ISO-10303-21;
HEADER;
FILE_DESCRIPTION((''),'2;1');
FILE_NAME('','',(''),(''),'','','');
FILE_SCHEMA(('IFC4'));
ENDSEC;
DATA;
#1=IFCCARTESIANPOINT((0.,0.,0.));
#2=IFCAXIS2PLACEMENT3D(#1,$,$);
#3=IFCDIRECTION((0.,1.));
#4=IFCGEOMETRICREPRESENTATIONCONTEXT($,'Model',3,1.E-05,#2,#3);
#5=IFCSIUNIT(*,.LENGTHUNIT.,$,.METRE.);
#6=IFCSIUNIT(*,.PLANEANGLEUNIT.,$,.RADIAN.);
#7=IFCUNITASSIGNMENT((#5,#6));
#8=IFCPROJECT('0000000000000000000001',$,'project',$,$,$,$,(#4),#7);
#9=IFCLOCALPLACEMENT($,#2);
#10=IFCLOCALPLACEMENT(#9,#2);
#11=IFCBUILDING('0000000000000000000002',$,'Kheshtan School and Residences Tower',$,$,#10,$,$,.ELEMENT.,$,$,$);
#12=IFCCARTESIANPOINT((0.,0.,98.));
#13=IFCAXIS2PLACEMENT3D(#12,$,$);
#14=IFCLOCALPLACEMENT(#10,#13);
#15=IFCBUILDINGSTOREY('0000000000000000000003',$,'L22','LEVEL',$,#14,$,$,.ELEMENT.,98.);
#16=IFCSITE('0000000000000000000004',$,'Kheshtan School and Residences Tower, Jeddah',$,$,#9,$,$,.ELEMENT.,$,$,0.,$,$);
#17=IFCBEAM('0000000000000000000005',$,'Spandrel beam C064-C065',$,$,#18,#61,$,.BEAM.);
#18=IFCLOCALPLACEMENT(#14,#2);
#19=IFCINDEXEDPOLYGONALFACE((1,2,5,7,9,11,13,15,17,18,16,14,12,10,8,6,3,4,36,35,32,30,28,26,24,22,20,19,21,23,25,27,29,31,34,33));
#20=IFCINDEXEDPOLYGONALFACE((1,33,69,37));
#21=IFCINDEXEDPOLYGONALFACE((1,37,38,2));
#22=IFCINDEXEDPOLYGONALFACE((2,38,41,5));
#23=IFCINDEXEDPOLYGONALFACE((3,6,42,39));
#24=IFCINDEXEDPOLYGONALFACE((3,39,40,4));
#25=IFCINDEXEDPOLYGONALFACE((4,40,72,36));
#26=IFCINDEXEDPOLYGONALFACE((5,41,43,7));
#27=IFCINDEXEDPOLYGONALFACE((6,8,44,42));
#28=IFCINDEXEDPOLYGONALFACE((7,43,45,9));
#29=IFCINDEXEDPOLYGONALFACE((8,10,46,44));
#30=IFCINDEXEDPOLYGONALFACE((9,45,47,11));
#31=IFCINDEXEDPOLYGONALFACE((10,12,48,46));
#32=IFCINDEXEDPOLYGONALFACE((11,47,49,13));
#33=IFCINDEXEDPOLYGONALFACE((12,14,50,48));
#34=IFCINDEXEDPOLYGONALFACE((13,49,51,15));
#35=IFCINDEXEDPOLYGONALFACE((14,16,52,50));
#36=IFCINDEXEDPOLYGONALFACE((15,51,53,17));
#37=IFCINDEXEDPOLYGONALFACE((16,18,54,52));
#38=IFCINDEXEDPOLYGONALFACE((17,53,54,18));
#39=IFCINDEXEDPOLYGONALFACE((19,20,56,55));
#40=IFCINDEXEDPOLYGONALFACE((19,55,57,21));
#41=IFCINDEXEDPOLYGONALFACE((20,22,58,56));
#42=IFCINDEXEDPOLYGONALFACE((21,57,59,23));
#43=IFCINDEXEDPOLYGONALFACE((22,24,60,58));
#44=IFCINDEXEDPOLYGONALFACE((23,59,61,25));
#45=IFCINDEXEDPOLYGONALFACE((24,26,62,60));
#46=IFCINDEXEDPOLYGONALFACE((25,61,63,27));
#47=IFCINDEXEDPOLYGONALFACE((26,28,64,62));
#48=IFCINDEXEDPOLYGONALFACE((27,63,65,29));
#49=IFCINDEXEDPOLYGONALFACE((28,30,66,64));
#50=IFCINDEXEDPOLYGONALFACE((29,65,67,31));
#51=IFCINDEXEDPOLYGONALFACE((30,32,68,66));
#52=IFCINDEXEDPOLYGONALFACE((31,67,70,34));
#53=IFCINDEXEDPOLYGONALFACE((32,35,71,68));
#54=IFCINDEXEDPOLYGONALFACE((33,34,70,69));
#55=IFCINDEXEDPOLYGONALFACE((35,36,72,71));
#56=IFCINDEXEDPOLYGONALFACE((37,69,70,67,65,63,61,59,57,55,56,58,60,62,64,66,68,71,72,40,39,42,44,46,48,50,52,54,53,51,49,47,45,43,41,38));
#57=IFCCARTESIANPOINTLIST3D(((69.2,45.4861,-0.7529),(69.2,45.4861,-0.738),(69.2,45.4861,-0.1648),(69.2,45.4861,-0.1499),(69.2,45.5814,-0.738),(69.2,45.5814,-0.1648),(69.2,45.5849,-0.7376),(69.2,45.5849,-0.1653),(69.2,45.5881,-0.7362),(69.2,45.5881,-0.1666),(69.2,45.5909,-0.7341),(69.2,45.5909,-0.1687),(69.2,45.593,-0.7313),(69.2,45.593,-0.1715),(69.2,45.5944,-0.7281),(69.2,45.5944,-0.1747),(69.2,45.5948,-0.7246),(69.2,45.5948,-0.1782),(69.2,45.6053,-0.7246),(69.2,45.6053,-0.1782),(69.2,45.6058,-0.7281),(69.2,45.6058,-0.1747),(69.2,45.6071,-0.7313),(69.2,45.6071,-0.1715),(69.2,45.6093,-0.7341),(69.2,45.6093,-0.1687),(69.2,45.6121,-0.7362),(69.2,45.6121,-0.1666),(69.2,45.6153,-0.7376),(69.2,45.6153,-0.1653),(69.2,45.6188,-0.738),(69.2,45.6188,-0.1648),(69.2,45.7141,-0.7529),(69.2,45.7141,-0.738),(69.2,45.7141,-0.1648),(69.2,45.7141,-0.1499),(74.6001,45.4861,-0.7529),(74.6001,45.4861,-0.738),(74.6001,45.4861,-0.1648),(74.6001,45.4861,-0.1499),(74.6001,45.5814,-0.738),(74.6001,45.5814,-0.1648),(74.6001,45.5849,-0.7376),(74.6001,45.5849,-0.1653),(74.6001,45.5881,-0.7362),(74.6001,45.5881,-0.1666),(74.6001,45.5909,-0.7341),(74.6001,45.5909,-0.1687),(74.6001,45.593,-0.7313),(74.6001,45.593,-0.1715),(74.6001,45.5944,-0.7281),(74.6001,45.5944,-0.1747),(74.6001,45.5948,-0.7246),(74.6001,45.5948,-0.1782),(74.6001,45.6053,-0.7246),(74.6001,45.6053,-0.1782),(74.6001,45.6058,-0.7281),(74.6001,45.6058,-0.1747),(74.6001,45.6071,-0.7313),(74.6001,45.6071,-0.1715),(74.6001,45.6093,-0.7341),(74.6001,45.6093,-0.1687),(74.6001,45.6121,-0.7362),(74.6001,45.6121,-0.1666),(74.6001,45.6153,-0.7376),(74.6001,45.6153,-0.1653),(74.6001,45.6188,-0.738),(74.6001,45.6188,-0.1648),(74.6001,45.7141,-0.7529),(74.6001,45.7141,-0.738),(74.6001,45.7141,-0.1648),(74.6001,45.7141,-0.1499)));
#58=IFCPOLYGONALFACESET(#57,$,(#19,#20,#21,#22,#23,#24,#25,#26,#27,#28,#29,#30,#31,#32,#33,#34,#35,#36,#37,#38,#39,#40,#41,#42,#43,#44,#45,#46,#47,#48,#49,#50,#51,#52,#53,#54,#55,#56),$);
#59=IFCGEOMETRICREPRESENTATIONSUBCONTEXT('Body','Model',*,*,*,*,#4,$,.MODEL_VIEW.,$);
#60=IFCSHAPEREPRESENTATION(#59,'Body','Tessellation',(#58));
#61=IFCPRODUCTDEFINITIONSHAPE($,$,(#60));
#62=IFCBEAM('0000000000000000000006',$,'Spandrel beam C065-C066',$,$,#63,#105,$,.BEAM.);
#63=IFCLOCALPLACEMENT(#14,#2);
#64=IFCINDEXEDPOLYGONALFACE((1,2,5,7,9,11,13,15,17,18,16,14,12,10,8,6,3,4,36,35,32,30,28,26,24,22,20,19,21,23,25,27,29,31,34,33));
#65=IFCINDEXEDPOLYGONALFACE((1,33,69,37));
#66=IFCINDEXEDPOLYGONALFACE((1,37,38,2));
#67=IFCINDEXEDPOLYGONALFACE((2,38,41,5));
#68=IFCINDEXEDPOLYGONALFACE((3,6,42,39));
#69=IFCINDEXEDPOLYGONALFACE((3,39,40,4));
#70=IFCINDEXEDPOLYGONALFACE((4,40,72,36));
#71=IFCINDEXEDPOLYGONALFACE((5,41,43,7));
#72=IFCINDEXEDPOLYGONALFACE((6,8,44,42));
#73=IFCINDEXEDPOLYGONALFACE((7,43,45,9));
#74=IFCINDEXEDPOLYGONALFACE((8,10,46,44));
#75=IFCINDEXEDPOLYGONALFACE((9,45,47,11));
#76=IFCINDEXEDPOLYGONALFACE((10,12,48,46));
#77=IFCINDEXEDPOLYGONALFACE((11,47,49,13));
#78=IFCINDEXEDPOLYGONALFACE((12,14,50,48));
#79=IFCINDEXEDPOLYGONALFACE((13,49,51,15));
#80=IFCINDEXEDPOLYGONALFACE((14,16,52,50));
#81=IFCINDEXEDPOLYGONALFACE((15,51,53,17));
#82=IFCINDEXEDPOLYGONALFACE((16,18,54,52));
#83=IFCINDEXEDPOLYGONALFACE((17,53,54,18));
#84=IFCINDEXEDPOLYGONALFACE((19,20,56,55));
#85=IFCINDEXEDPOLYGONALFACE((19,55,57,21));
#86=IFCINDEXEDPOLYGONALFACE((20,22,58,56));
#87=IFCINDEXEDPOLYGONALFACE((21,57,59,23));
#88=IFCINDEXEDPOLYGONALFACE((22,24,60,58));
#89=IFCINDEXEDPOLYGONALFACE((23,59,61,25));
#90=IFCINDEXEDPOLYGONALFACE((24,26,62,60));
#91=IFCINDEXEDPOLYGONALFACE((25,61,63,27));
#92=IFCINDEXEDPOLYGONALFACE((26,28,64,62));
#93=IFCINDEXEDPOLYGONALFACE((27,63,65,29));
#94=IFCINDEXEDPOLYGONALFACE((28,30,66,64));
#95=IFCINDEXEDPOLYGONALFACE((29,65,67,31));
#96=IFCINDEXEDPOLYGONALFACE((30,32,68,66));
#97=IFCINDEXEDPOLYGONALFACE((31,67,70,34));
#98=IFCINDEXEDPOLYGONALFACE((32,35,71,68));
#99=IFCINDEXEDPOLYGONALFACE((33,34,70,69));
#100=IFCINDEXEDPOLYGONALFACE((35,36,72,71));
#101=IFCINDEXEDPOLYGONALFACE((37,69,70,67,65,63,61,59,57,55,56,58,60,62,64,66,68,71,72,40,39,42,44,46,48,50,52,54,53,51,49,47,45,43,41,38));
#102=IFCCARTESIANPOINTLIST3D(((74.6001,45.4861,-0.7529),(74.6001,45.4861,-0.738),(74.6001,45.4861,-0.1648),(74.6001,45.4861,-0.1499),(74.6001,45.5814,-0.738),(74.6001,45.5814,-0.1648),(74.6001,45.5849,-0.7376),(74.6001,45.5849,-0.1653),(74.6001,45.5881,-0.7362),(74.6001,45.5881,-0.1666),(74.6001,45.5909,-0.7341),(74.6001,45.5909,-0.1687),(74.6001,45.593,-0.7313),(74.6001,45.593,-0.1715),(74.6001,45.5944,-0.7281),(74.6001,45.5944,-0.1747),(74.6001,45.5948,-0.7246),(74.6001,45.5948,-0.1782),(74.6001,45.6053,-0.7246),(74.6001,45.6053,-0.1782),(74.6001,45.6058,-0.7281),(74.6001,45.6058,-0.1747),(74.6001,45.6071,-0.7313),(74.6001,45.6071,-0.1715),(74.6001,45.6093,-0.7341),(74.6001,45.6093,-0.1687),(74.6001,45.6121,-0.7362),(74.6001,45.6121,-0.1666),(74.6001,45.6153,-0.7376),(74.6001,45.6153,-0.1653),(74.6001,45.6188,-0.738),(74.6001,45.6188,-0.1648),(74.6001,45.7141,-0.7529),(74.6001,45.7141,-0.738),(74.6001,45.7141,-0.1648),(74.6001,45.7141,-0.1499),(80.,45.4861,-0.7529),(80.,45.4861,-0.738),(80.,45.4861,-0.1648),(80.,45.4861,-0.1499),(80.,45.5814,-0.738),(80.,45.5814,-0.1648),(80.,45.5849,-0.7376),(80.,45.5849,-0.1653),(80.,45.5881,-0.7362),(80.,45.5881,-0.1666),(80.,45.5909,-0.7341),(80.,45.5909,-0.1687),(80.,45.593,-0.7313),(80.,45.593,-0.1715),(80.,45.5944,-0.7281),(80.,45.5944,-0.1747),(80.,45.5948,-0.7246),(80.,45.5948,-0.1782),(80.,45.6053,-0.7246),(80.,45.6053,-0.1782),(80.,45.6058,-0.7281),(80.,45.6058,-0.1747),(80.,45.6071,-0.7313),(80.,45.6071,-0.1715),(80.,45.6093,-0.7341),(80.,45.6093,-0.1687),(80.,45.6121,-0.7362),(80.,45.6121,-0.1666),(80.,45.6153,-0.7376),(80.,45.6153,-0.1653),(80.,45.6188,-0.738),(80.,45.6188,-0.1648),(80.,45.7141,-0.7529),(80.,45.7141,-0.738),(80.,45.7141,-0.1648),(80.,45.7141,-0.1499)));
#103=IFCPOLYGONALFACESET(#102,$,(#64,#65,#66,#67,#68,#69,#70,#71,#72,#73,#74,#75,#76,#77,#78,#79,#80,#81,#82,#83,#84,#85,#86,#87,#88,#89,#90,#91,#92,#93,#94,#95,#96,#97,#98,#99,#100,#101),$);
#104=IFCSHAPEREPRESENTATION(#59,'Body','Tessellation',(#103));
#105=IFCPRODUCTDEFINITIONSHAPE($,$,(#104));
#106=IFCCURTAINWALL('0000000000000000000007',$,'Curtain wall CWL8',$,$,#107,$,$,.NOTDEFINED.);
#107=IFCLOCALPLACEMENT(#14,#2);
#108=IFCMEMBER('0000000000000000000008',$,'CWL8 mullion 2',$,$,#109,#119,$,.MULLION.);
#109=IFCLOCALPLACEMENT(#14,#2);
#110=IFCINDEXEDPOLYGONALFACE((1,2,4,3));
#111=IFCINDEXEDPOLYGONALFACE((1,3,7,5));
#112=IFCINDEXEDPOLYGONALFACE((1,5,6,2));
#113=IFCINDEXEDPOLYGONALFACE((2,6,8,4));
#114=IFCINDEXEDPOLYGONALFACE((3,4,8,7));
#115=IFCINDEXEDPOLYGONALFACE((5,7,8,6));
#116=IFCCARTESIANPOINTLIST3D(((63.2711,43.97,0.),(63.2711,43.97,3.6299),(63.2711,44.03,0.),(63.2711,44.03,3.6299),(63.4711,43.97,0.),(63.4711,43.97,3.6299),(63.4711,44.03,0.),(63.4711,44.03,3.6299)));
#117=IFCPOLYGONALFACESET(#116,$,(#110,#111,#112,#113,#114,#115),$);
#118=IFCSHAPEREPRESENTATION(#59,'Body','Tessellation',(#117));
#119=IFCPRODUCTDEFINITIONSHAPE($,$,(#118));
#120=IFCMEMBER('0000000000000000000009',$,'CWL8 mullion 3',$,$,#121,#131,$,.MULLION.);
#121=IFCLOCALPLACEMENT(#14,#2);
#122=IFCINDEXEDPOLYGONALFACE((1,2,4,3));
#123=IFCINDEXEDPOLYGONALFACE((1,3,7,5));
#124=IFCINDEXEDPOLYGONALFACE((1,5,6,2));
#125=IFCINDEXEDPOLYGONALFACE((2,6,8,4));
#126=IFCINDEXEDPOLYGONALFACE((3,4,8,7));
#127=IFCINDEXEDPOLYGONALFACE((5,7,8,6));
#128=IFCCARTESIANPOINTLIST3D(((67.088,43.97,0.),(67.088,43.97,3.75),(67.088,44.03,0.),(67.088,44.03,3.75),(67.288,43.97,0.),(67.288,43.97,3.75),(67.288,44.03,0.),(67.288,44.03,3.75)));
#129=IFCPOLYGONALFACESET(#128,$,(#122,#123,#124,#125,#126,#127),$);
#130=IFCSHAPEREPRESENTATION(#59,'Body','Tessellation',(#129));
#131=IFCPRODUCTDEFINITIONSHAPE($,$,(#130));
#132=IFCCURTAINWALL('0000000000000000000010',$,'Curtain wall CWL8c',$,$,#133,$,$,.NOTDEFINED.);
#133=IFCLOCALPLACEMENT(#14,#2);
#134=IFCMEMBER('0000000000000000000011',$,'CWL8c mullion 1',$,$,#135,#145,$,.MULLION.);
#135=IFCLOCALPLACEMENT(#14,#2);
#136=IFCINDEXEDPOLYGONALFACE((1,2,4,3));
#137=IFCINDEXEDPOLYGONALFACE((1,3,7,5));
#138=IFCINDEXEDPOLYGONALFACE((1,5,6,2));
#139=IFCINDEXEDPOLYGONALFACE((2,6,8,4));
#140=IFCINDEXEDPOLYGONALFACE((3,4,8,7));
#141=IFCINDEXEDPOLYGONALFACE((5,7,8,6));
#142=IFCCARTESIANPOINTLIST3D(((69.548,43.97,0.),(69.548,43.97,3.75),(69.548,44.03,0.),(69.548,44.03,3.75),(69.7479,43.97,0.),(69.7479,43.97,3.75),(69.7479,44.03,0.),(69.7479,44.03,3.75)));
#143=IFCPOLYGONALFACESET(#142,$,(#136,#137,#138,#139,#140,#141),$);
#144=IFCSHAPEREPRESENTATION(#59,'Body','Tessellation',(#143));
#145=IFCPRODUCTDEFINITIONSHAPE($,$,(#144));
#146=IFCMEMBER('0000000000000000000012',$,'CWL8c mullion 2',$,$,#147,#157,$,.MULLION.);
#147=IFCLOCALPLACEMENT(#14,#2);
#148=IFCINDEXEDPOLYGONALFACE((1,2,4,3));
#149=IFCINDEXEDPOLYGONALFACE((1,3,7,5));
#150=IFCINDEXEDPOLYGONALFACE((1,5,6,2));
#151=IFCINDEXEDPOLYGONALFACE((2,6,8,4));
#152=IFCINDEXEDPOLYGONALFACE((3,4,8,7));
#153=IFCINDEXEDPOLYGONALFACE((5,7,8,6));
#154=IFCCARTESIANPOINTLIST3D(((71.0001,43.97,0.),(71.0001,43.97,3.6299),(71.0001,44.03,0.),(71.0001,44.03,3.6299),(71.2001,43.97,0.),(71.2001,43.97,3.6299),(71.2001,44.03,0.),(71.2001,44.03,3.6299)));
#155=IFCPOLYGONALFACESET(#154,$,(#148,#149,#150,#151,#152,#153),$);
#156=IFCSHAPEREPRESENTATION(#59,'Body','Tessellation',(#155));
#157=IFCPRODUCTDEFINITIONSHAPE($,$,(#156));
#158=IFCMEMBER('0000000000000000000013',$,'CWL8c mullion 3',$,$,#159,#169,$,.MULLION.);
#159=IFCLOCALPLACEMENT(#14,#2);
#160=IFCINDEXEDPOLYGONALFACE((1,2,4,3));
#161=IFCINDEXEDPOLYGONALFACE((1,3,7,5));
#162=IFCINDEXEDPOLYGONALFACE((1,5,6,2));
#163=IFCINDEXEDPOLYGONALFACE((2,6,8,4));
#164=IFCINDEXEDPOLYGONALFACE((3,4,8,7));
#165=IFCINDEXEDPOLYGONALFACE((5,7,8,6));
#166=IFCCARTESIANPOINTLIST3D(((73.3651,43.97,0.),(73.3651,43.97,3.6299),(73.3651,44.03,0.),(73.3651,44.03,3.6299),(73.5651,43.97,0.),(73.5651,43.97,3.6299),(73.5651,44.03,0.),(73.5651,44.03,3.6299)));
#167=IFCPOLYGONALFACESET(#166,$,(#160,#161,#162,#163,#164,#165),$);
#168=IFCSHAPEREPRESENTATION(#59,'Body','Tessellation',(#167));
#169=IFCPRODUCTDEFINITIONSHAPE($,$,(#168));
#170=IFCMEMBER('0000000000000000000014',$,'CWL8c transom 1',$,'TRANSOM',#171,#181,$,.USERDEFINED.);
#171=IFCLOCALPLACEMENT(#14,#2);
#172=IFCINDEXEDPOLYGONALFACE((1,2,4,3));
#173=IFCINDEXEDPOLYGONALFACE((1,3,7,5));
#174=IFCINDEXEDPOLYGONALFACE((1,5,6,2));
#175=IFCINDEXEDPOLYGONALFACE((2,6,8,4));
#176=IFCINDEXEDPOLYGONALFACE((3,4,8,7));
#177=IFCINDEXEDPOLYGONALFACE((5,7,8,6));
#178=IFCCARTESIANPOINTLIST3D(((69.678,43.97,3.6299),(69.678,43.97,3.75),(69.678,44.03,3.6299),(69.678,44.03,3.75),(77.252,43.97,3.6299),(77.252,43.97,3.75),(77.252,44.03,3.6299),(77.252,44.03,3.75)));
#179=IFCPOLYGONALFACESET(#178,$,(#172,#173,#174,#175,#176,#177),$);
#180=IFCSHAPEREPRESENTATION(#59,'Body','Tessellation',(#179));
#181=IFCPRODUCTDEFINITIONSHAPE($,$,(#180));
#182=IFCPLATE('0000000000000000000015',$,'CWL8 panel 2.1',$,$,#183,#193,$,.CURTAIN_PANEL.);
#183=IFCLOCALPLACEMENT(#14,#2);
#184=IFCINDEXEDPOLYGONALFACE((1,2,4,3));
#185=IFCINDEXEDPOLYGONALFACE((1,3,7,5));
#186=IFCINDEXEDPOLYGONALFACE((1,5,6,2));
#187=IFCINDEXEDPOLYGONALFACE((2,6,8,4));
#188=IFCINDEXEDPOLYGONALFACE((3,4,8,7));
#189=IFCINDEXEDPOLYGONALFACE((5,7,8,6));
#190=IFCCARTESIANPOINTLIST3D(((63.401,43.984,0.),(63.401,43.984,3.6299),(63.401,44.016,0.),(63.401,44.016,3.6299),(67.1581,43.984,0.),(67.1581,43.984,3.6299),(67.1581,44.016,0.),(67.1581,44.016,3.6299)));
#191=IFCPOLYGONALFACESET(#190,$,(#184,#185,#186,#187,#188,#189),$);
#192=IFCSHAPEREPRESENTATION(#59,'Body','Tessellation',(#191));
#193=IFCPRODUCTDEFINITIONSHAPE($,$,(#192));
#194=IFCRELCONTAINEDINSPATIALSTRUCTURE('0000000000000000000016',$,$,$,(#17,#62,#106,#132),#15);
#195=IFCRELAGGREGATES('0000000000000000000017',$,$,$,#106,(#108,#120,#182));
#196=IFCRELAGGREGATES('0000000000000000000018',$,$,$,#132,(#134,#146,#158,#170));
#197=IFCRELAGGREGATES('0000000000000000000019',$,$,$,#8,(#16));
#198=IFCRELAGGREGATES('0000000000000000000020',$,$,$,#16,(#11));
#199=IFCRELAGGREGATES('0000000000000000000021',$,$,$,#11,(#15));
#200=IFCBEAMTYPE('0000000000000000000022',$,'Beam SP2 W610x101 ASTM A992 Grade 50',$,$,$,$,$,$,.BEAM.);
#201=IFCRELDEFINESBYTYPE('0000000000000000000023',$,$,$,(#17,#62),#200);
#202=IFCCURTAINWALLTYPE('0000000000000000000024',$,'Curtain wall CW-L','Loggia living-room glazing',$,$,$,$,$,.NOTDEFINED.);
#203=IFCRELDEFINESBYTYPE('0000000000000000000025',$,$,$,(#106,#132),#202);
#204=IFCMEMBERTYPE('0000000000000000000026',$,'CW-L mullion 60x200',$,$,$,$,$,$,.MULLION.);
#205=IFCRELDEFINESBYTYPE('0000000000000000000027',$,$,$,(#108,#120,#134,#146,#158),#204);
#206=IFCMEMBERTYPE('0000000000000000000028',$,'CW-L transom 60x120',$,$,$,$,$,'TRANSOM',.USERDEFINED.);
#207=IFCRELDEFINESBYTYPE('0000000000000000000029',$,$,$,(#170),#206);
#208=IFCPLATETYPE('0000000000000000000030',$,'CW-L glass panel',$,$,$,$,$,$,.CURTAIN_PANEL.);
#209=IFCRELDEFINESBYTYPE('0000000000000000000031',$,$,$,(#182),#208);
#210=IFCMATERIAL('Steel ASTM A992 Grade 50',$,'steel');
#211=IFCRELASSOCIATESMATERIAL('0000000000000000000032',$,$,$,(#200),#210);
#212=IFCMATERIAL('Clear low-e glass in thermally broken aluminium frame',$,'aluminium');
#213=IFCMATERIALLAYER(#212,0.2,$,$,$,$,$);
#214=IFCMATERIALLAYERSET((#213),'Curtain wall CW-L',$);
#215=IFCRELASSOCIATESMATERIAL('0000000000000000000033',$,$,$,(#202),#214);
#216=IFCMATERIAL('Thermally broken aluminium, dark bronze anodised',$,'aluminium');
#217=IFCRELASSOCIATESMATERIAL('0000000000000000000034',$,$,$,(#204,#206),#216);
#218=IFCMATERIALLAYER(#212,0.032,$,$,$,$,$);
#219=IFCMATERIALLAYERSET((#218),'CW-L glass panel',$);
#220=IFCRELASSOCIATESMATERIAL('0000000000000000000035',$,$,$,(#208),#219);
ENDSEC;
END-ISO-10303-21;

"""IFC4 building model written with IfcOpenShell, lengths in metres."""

from ifc_helpers import new_model, si_unit, direction, frame, origin, origin_2d, place, context, subcontext, project, spatial, rectangle, i_section, extrude, material, layer, layer_set, material_profile, profile_set, type_object, element, aggregate, save


model = new_model("IFC4")

# Units and contexts
model_context = context("Model", 3, precision=1e-05, world=origin(), true_north=direction((0.0, 1.0)))
body_context = subcontext(model_context, "Body", "Model", "MODEL_VIEW")
ifc_project = project(units=[si_unit("LENGTHUNIT", "METRE"), si_unit("PLANEANGLEUNIT", "RADIAN")], contexts=[model_context])

# Site, building, storey
site_placement = place(None, origin())
site = spatial("IfcSite", under=ifc_project, at=site_placement, Name="Kheshtan School and Residences Tower, Jeddah", CompositionType="ELEMENT", RefElevation=0.0)
building_placement = place(site_placement, origin())
building = spatial("IfcBuilding", under=site, at=building_placement, Name="Kheshtan School and Residences Tower", CompositionType="ELEMENT")
storey_placement = place(building_placement, frame((0.0, 0.0, 98.0)))
storey = spatial("IfcBuildingStorey", under=building, at=storey_placement, Name="L22", Description="LEVEL", CompositionType="ELEMENT", Elevation=98.0)

# Shared definitions
ifc_material_1 = material(Name="Steel ASTM A992 Grade 50", Category="steel")

# Beams
ifc_material_profile_1 = material_profile(ifc_material_1, i_section(OverallWidth=0.228, OverallDepth=0.603, WebThickness=0.0105, FlangeThickness=0.0149, FilletRadius=0.0134, at=origin_2d()), Name="W610x101")
ifc_profile_set_1 = profile_set([ifc_material_profile_1], Name="Steel ASTM A992 Grade 50")
beam_type_1 = type_object("IfcBeamType", Name="Beam SP2 W610x101 ASTM A992 Grade 50", PredefinedType="BEAM", material=ifc_profile_set_1)
beam_1_placement = place(storey_placement, frame((69.2, 45.6001, -0.4514), z_axis=(1.0, 0.0, 0.0), x_axis=(0.0, 1.0, 0.0)))
element("IfcBeam", 1, at=beam_1_placement, inside=storey, type_object=beam_type_1, Name="Spandrel beam C064-C065", PredefinedType="BEAM", context=body_context, shape_type="SweptSolid", body=[
    extrude(i_section(OverallWidth=0.228, OverallDepth=0.603, WebThickness=0.0105, FlangeThickness=0.0149, FilletRadius=0.0134, at=origin_2d()), origin(), (0.0, 0.0, 1.0), 5.4001),
])
beam_2_placement = place(storey_placement, frame((74.6001, 45.6001, -0.4514), z_axis=(1.0, 0.0, 0.0), x_axis=(0.0, 1.0, 0.0)))
element("IfcBeam", 2, at=beam_2_placement, inside=storey, type_object=beam_type_1, Name="Spandrel beam C065-C066", PredefinedType="BEAM", context=body_context, shape_type="SweptSolid", body=[
    extrude(i_section(OverallWidth=0.228, OverallDepth=0.603, WebThickness=0.0105, FlangeThickness=0.0149, FilletRadius=0.0134, at=origin_2d()), origin(), (0.0, 0.0, 1.0), 5.3999),
])

# Curtain walls, members
ifc_material_2 = material(Name="Clear low-e glass in thermally broken aluminium frame", Category="aluminium")
ifc_layer_1 = layer(ifc_material_2, 0.2)
ifc_layer_set_1 = layer_set([ifc_layer_1], Name="Curtain wall CW-L")
curtain_wall_type = type_object("IfcCurtainWallType", Name="Curtain wall CW-L", Description="Loggia living-room glazing", PredefinedType="NOTDEFINED", material=ifc_layer_set_1)
curtain_wall_1_placement = place(storey_placement, origin())
curtain_wall_1 = element("IfcCurtainWall", 3, at=curtain_wall_1_placement, inside=storey, type_object=curtain_wall_type, Name="Curtain wall CWL8", PredefinedType="NOTDEFINED")
ifc_material_3 = material(Name="Thermally broken aluminium, dark bronze anodised", Category="aluminium")
ifc_material_profile_2 = material_profile(ifc_material_3, rectangle(XDim=0.0601, YDim=0.2, at=origin_2d()), Name="CW-L mullion 60x200")
ifc_profile_set_2 = profile_set([ifc_material_profile_2], Name="Thermally broken aluminium, dark bronze anodised")
member_type_1 = type_object("IfcMemberType", Name="CW-L mullion 60x200", PredefinedType="MULLION", material=ifc_profile_set_2)
member_1_placement = place(storey_placement, frame((63.3711, 44.0, 0.0), z_axis=(0.0, 0.0, 1.0), x_axis=(0.0, 1.0, 0.0)))
member_1 = element("IfcMember", 4, at=member_1_placement, type_object=member_type_1, Name="CWL8 mullion 2", PredefinedType="MULLION", context=body_context, shape_type="SweptSolid", body=[
    extrude(rectangle(XDim=0.0601, YDim=0.2, at=origin_2d()), origin(), (0.0, 0.0, 1.0), 3.6299),
])
member_2_placement = place(storey_placement, frame((67.188, 44.0, 0.0), z_axis=(0.0, 0.0, 1.0), x_axis=(0.0, 1.0, 0.0)))
member_2 = element("IfcMember", 5, at=member_2_placement, type_object=member_type_1, Name="CWL8 mullion 3", PredefinedType="MULLION", context=body_context, shape_type="SweptSolid", body=[
    extrude(rectangle(XDim=0.0601, YDim=0.2, at=origin_2d()), origin(), (0.0, 0.0, 1.0), 3.75),
])
curtain_wall_2_placement = place(storey_placement, origin())
curtain_wall_2 = element("IfcCurtainWall", 6, at=curtain_wall_2_placement, inside=storey, type_object=curtain_wall_type, Name="Curtain wall CWL8c", PredefinedType="NOTDEFINED")
member_3_placement = place(storey_placement, frame((69.6479, 44.0, 0.0), z_axis=(0.0, 0.0, 1.0), x_axis=(0.0, 1.0, 0.0)))
member_3 = element("IfcMember", 7, at=member_3_placement, type_object=member_type_1, Name="CWL8c mullion 1", PredefinedType="MULLION", context=body_context, shape_type="SweptSolid", body=[
    extrude(rectangle(XDim=0.0601, YDim=0.2, at=origin_2d()), origin(), (0.0, 0.0, 1.0), 3.75),
])
member_4_placement = place(storey_placement, frame((71.1001, 44.0, 0.0), z_axis=(0.0, 0.0, 1.0), x_axis=(0.0, 1.0, 0.0)))
member_4 = element("IfcMember", 8, at=member_4_placement, type_object=member_type_1, Name="CWL8c mullion 2", PredefinedType="MULLION", context=body_context, shape_type="SweptSolid", body=[
    extrude(rectangle(XDim=0.0601, YDim=0.2, at=origin_2d()), origin(), (0.0, 0.0, 1.0), 3.6299),
])
member_5_placement = place(storey_placement, frame((73.4651, 44.0, 0.0), z_axis=(0.0, 0.0, 1.0), x_axis=(0.0, 1.0, 0.0)))
member_5 = element("IfcMember", 9, at=member_5_placement, type_object=member_type_1, Name="CWL8c mullion 3", PredefinedType="MULLION", context=body_context, shape_type="SweptSolid", body=[
    extrude(rectangle(XDim=0.0601, YDim=0.2, at=origin_2d()), origin(), (0.0, 0.0, 1.0), 3.6299),
])
ifc_material_profile_3 = material_profile(ifc_material_3, rectangle(XDim=0.0601, YDim=0.1201, at=origin_2d()), Name="CW-L transom 60x120")
ifc_profile_set_3 = profile_set([ifc_material_profile_3], Name="Thermally broken aluminium, dark bronze anodised")
member_type_2 = type_object("IfcMemberType", Name="CW-L transom 60x120", ElementType="TRANSOM", PredefinedType="USERDEFINED", material=ifc_profile_set_3)
member_6_placement = place(storey_placement, frame((69.678, 44.0, 3.6899), z_axis=(1.0, 0.0, 0.0), x_axis=(0.0, 1.0, 0.0)))
member_6 = element("IfcMember", 10, at=member_6_placement, type_object=member_type_2, Name="CWL8c transom 1", ObjectType="TRANSOM", PredefinedType="USERDEFINED", context=body_context, shape_type="SweptSolid", body=[
    extrude(rectangle(XDim=0.0601, YDim=0.1201, at=origin_2d()), origin(), (0.0, 0.0, 1.0), 7.574),
])

# Plate
ifc_layer_2 = layer(ifc_material_2, 0.032)
ifc_layer_set_2 = layer_set([ifc_layer_2], Name="CW-L glass panel")
plate_type = type_object("IfcPlateType", Name="CW-L glass panel", PredefinedType="CURTAIN_PANEL", material=ifc_layer_set_2)
plate_1_placement = place(storey_placement, frame((65.2795, 44.0, 0.0), z_axis=(0.0, 0.0, 1.0), x_axis=(1.0, 0.0, 0.0)))
plate_1 = element("IfcPlate", 11, at=plate_1_placement, type_object=plate_type, Name="CWL8 panel 2.1", PredefinedType="CURTAIN_PANEL", context=body_context, shape_type="SweptSolid", body=[
    extrude(rectangle(XDim=3.7571, YDim=0.032, at=origin_2d()), origin(), (0.0, 0.0, 1.0), 3.6299),
])
aggregate(curtain_wall_1, [member_1, member_2, plate_1])
aggregate(curtain_wall_2, [member_3, member_4, member_5, member_6])

save(model, "model.ifc")
